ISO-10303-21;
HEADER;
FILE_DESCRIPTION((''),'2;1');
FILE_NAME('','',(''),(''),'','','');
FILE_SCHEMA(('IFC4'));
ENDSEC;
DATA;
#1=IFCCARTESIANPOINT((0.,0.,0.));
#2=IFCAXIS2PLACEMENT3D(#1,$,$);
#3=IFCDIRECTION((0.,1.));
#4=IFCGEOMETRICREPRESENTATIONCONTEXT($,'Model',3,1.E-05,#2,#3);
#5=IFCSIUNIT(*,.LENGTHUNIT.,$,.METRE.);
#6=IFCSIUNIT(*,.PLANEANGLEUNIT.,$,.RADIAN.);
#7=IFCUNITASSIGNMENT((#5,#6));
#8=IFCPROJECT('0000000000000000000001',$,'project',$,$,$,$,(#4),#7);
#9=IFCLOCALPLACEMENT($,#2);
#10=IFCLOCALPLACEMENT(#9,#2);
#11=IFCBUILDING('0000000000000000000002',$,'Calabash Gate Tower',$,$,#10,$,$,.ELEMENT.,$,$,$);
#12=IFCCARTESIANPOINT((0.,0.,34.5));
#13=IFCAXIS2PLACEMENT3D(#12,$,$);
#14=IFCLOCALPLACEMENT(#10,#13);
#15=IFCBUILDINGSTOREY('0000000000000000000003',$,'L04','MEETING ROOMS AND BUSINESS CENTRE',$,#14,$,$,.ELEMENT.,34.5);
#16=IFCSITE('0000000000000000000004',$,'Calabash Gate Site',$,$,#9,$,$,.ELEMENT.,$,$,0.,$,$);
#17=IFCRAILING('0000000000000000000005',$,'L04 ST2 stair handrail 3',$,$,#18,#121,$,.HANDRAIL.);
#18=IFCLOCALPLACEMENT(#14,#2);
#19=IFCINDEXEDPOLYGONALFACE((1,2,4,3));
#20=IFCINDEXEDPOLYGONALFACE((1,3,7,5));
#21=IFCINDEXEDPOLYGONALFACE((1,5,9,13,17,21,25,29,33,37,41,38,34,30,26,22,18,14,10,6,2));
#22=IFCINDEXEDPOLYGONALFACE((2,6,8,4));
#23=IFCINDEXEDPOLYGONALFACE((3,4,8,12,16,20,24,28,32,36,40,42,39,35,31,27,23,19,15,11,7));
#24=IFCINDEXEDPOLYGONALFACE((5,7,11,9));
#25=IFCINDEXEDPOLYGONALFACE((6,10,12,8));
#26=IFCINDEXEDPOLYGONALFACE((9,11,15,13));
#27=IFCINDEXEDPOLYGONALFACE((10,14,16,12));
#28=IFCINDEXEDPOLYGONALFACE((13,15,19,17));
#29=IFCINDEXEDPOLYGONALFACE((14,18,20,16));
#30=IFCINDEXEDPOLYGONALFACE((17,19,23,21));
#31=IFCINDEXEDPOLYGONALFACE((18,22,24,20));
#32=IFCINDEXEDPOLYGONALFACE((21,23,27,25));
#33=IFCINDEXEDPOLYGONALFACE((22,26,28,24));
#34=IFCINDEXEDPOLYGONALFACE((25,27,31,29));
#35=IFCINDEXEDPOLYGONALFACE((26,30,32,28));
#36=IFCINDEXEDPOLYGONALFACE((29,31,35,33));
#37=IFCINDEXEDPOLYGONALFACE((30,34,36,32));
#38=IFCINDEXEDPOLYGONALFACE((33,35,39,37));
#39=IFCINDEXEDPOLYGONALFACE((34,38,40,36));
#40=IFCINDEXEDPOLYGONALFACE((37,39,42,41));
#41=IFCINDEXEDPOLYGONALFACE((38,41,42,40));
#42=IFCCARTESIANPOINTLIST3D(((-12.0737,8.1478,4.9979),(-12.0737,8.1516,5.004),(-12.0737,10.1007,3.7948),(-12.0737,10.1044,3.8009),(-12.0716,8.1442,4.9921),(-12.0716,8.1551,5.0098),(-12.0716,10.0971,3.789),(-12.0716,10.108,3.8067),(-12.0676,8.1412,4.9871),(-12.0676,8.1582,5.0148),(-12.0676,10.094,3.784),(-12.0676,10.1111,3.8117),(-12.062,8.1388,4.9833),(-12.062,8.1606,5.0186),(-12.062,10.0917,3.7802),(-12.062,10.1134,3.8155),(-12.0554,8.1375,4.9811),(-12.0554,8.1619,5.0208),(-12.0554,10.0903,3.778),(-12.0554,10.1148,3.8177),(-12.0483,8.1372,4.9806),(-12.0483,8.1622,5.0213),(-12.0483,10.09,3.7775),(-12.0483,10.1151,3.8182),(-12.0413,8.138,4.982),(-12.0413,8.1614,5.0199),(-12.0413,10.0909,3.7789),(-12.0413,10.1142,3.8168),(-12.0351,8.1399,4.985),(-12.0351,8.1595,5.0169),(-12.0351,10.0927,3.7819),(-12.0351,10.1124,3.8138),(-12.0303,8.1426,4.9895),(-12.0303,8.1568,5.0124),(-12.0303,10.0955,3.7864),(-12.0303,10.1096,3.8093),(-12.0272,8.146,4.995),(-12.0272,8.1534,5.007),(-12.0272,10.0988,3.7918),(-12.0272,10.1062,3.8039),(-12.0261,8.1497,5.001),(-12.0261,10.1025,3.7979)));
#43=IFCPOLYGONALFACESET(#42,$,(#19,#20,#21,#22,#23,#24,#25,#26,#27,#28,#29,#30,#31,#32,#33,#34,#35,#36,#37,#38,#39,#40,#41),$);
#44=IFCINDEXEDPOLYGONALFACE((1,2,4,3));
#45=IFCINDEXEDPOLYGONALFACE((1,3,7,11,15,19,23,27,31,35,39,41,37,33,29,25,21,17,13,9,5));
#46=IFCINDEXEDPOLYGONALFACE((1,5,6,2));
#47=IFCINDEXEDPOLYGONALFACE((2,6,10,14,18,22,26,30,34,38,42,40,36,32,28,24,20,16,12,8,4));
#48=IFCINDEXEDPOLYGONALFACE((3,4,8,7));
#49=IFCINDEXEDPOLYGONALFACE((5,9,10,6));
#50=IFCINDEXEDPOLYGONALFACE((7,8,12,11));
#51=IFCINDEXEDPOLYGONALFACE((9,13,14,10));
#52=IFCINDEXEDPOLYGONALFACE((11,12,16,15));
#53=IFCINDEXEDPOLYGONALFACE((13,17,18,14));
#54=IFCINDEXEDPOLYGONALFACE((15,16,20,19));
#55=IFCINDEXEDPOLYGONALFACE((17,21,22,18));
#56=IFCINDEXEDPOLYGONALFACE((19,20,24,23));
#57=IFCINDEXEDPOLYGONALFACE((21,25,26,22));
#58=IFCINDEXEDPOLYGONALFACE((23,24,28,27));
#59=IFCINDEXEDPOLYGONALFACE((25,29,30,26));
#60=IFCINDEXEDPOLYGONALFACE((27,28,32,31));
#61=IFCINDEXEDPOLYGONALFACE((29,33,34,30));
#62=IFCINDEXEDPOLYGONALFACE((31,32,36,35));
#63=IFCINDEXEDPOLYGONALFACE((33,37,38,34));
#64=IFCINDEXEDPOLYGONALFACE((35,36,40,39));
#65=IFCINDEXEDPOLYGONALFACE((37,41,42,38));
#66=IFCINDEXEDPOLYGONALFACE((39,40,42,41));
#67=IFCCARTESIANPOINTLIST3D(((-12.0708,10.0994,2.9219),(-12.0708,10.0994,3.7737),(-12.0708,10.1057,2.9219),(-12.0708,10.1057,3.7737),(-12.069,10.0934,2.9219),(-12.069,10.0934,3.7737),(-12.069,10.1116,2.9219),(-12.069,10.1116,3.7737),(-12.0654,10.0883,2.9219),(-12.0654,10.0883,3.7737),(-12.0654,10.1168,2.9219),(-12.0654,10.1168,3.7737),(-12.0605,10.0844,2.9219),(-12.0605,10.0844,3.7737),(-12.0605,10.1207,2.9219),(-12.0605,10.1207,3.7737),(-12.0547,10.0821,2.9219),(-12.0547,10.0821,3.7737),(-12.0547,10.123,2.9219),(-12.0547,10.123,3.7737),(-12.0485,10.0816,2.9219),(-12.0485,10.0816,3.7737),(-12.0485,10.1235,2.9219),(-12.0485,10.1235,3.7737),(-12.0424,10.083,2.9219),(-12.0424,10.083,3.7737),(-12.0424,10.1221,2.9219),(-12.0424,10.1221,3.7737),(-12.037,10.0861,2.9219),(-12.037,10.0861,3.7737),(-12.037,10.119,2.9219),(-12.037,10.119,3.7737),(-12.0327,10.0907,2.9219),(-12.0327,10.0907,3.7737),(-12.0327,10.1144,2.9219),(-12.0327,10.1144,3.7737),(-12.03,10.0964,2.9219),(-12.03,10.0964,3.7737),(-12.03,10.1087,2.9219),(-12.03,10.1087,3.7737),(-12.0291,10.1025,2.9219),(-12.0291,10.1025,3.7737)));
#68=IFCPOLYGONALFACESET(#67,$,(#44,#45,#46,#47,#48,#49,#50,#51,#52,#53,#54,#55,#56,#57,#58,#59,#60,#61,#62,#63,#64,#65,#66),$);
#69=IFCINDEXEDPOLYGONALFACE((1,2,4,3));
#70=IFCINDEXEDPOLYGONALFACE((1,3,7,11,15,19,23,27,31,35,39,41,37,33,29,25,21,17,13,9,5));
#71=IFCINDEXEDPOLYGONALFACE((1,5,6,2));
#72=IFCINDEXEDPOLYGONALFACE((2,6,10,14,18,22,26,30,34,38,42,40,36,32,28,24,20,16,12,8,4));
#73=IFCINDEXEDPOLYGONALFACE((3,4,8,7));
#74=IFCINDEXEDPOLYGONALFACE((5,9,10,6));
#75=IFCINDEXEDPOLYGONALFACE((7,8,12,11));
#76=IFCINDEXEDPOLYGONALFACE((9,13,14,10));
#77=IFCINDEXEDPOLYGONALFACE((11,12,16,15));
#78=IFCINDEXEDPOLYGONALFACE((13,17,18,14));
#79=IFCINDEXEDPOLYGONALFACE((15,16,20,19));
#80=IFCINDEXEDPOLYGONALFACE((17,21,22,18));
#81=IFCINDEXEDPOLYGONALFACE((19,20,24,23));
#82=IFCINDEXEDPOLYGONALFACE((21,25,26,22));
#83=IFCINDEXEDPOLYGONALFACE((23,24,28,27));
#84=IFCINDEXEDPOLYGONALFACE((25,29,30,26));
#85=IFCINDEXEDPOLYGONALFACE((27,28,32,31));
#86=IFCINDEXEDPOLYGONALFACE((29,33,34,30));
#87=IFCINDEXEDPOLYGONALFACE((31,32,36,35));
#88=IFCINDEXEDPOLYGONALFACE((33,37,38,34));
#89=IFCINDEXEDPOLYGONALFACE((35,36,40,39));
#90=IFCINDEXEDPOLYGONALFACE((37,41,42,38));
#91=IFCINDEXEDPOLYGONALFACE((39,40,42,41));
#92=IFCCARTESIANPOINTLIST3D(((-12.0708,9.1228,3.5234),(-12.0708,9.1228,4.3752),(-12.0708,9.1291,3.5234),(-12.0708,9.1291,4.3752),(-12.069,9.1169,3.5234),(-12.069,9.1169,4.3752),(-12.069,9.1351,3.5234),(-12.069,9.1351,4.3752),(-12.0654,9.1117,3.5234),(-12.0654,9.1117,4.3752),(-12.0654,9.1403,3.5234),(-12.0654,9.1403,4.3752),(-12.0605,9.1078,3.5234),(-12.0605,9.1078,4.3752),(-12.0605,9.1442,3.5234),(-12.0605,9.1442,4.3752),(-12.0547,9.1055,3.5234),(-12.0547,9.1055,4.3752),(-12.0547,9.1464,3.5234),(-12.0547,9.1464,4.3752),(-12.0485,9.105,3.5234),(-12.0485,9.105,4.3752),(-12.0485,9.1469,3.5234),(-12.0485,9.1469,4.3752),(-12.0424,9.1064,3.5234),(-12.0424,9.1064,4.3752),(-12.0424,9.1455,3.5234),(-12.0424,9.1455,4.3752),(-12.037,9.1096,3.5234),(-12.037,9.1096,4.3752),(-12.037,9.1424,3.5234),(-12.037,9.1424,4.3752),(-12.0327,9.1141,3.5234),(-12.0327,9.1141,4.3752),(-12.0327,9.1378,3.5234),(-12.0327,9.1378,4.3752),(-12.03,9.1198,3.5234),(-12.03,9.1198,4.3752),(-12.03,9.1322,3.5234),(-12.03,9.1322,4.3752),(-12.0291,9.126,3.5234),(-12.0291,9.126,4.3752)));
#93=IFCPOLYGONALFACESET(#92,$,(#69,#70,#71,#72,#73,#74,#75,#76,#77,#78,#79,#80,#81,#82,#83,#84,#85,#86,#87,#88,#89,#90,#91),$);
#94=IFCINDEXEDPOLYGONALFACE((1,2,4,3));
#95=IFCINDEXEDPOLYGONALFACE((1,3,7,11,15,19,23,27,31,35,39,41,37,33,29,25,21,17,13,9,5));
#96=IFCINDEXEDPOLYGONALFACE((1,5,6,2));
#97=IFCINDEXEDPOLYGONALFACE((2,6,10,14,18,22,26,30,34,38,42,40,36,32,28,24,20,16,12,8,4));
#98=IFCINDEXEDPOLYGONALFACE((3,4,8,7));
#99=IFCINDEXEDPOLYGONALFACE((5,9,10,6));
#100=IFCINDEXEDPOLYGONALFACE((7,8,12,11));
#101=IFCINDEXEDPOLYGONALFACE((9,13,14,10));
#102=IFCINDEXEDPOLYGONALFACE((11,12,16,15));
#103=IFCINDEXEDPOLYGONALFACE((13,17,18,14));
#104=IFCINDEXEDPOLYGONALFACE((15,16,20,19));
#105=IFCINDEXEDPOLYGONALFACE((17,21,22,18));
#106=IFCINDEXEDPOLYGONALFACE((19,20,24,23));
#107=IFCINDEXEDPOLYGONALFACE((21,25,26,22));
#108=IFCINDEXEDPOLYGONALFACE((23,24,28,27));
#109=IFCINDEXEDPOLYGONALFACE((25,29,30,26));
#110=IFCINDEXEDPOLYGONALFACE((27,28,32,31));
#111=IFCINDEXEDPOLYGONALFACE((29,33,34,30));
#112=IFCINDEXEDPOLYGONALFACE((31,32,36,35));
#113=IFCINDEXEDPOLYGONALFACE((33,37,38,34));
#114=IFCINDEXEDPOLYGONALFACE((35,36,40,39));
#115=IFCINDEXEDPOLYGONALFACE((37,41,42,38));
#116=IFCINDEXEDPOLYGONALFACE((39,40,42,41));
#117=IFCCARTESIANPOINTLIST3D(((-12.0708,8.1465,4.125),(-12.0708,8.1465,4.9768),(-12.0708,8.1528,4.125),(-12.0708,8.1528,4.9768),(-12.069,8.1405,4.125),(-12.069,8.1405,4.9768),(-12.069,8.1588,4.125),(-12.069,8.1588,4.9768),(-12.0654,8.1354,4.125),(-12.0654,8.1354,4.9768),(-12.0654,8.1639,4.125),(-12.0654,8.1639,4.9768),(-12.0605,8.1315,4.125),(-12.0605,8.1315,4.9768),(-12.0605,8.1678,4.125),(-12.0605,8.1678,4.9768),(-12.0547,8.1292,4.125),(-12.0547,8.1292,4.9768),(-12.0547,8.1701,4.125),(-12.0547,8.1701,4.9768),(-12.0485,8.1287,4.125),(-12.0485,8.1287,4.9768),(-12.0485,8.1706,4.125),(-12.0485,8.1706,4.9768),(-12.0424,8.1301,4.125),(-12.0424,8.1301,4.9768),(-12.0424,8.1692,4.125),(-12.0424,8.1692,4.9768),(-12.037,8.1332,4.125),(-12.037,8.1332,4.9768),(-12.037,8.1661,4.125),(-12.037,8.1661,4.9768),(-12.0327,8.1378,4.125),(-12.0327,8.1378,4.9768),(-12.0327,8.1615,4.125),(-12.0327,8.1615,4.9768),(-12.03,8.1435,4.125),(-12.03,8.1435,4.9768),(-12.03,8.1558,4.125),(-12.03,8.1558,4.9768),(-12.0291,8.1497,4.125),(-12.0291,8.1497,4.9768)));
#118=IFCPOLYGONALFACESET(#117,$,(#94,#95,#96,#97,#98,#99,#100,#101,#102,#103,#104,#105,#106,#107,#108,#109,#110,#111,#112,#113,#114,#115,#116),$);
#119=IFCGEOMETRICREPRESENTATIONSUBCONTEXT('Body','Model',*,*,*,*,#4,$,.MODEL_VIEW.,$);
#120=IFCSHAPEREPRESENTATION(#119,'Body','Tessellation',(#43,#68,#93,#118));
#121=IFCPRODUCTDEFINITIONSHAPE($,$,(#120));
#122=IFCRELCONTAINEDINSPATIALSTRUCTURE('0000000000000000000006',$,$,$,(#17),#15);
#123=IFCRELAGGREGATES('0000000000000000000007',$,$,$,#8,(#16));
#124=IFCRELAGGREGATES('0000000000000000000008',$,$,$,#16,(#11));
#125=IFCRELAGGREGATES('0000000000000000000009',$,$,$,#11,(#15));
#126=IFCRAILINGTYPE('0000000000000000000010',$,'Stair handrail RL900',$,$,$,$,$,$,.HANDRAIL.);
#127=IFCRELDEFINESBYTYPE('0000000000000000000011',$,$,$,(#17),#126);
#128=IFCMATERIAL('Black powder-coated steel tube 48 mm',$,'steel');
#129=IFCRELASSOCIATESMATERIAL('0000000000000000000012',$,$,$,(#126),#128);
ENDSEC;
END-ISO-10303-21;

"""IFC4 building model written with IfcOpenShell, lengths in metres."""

from ifc_helpers import new_model, si_unit, direction, frame, origin, origin_2d, place, context, subcontext, project, spatial, circle, extrude, material, type_object, element, save


model = new_model("IFC4")

# Units and contexts
model_context = context("Model", 3, precision=1e-05, world=origin(), true_north=direction((0.0, 1.0)))
body_context = subcontext(model_context, "Body", "Model", "MODEL_VIEW")
ifc_project = project(units=[si_unit("LENGTHUNIT", "METRE"), si_unit("PLANEANGLEUNIT", "RADIAN")], contexts=[model_context])

# Site, building, storey
site_placement = place(None, origin())
site = spatial("IfcSite", under=ifc_project, at=site_placement, Name="Calabash Gate Site", CompositionType="ELEMENT", RefElevation=0.0)
building_placement = place(site_placement, origin())
building = spatial("IfcBuilding", under=site, at=building_placement, Name="Calabash Gate Tower", CompositionType="ELEMENT")
storey_placement = place(building_placement, frame((0.0, 0.0, 34.5)))
storey = spatial("IfcBuildingStorey", under=building, at=storey_placement, Name="L04", Description="MEETING ROOMS AND BUSINESS CENTRE", CompositionType="ELEMENT", Elevation=34.5)

# Railing
ifc_material_1 = material(Name="Black powder-coated steel tube 48 mm", Category="steel")
railing_type_1 = type_object("IfcRailingType", Name="Stair handrail RL900", PredefinedType="HANDRAIL", material=ifc_material_1)
railing_1_placement = place(storey_placement, frame((-12.05, 10.1025, 2.9219)))
element("IfcRailing", 1, at=railing_1_placement, inside=storey, type_object=railing_type_1, Name="L04 ST2 stair handrail 3", PredefinedType="HANDRAIL", context=body_context, shape_type="SweptSolid", body=[
    extrude(circle(Radius=0.0239, at=origin_2d()), frame((0.0, 0.0, 0.876), z_axis=(0.0, -0.851395, 0.524525), x_axis=(1.0, 0.0, 0.0)), (0.0, 0.0, 1.0), 2.2937),
    extrude(circle(Radius=0.021, at=origin_2d()), origin(), (0.0, 0.0, 1.0), 0.8518),
    extrude(circle(Radius=0.021, at=origin_2d()), frame((0.0, -0.9766, 0.6016)), (0.0, 0.0, 1.0), 0.8518),
    extrude(circle(Radius=0.021, at=origin_2d()), frame((0.0, -1.9529, 1.2031)), (0.0, 0.0, 1.0), 0.8518),
])

save(model, "model.ifc")
